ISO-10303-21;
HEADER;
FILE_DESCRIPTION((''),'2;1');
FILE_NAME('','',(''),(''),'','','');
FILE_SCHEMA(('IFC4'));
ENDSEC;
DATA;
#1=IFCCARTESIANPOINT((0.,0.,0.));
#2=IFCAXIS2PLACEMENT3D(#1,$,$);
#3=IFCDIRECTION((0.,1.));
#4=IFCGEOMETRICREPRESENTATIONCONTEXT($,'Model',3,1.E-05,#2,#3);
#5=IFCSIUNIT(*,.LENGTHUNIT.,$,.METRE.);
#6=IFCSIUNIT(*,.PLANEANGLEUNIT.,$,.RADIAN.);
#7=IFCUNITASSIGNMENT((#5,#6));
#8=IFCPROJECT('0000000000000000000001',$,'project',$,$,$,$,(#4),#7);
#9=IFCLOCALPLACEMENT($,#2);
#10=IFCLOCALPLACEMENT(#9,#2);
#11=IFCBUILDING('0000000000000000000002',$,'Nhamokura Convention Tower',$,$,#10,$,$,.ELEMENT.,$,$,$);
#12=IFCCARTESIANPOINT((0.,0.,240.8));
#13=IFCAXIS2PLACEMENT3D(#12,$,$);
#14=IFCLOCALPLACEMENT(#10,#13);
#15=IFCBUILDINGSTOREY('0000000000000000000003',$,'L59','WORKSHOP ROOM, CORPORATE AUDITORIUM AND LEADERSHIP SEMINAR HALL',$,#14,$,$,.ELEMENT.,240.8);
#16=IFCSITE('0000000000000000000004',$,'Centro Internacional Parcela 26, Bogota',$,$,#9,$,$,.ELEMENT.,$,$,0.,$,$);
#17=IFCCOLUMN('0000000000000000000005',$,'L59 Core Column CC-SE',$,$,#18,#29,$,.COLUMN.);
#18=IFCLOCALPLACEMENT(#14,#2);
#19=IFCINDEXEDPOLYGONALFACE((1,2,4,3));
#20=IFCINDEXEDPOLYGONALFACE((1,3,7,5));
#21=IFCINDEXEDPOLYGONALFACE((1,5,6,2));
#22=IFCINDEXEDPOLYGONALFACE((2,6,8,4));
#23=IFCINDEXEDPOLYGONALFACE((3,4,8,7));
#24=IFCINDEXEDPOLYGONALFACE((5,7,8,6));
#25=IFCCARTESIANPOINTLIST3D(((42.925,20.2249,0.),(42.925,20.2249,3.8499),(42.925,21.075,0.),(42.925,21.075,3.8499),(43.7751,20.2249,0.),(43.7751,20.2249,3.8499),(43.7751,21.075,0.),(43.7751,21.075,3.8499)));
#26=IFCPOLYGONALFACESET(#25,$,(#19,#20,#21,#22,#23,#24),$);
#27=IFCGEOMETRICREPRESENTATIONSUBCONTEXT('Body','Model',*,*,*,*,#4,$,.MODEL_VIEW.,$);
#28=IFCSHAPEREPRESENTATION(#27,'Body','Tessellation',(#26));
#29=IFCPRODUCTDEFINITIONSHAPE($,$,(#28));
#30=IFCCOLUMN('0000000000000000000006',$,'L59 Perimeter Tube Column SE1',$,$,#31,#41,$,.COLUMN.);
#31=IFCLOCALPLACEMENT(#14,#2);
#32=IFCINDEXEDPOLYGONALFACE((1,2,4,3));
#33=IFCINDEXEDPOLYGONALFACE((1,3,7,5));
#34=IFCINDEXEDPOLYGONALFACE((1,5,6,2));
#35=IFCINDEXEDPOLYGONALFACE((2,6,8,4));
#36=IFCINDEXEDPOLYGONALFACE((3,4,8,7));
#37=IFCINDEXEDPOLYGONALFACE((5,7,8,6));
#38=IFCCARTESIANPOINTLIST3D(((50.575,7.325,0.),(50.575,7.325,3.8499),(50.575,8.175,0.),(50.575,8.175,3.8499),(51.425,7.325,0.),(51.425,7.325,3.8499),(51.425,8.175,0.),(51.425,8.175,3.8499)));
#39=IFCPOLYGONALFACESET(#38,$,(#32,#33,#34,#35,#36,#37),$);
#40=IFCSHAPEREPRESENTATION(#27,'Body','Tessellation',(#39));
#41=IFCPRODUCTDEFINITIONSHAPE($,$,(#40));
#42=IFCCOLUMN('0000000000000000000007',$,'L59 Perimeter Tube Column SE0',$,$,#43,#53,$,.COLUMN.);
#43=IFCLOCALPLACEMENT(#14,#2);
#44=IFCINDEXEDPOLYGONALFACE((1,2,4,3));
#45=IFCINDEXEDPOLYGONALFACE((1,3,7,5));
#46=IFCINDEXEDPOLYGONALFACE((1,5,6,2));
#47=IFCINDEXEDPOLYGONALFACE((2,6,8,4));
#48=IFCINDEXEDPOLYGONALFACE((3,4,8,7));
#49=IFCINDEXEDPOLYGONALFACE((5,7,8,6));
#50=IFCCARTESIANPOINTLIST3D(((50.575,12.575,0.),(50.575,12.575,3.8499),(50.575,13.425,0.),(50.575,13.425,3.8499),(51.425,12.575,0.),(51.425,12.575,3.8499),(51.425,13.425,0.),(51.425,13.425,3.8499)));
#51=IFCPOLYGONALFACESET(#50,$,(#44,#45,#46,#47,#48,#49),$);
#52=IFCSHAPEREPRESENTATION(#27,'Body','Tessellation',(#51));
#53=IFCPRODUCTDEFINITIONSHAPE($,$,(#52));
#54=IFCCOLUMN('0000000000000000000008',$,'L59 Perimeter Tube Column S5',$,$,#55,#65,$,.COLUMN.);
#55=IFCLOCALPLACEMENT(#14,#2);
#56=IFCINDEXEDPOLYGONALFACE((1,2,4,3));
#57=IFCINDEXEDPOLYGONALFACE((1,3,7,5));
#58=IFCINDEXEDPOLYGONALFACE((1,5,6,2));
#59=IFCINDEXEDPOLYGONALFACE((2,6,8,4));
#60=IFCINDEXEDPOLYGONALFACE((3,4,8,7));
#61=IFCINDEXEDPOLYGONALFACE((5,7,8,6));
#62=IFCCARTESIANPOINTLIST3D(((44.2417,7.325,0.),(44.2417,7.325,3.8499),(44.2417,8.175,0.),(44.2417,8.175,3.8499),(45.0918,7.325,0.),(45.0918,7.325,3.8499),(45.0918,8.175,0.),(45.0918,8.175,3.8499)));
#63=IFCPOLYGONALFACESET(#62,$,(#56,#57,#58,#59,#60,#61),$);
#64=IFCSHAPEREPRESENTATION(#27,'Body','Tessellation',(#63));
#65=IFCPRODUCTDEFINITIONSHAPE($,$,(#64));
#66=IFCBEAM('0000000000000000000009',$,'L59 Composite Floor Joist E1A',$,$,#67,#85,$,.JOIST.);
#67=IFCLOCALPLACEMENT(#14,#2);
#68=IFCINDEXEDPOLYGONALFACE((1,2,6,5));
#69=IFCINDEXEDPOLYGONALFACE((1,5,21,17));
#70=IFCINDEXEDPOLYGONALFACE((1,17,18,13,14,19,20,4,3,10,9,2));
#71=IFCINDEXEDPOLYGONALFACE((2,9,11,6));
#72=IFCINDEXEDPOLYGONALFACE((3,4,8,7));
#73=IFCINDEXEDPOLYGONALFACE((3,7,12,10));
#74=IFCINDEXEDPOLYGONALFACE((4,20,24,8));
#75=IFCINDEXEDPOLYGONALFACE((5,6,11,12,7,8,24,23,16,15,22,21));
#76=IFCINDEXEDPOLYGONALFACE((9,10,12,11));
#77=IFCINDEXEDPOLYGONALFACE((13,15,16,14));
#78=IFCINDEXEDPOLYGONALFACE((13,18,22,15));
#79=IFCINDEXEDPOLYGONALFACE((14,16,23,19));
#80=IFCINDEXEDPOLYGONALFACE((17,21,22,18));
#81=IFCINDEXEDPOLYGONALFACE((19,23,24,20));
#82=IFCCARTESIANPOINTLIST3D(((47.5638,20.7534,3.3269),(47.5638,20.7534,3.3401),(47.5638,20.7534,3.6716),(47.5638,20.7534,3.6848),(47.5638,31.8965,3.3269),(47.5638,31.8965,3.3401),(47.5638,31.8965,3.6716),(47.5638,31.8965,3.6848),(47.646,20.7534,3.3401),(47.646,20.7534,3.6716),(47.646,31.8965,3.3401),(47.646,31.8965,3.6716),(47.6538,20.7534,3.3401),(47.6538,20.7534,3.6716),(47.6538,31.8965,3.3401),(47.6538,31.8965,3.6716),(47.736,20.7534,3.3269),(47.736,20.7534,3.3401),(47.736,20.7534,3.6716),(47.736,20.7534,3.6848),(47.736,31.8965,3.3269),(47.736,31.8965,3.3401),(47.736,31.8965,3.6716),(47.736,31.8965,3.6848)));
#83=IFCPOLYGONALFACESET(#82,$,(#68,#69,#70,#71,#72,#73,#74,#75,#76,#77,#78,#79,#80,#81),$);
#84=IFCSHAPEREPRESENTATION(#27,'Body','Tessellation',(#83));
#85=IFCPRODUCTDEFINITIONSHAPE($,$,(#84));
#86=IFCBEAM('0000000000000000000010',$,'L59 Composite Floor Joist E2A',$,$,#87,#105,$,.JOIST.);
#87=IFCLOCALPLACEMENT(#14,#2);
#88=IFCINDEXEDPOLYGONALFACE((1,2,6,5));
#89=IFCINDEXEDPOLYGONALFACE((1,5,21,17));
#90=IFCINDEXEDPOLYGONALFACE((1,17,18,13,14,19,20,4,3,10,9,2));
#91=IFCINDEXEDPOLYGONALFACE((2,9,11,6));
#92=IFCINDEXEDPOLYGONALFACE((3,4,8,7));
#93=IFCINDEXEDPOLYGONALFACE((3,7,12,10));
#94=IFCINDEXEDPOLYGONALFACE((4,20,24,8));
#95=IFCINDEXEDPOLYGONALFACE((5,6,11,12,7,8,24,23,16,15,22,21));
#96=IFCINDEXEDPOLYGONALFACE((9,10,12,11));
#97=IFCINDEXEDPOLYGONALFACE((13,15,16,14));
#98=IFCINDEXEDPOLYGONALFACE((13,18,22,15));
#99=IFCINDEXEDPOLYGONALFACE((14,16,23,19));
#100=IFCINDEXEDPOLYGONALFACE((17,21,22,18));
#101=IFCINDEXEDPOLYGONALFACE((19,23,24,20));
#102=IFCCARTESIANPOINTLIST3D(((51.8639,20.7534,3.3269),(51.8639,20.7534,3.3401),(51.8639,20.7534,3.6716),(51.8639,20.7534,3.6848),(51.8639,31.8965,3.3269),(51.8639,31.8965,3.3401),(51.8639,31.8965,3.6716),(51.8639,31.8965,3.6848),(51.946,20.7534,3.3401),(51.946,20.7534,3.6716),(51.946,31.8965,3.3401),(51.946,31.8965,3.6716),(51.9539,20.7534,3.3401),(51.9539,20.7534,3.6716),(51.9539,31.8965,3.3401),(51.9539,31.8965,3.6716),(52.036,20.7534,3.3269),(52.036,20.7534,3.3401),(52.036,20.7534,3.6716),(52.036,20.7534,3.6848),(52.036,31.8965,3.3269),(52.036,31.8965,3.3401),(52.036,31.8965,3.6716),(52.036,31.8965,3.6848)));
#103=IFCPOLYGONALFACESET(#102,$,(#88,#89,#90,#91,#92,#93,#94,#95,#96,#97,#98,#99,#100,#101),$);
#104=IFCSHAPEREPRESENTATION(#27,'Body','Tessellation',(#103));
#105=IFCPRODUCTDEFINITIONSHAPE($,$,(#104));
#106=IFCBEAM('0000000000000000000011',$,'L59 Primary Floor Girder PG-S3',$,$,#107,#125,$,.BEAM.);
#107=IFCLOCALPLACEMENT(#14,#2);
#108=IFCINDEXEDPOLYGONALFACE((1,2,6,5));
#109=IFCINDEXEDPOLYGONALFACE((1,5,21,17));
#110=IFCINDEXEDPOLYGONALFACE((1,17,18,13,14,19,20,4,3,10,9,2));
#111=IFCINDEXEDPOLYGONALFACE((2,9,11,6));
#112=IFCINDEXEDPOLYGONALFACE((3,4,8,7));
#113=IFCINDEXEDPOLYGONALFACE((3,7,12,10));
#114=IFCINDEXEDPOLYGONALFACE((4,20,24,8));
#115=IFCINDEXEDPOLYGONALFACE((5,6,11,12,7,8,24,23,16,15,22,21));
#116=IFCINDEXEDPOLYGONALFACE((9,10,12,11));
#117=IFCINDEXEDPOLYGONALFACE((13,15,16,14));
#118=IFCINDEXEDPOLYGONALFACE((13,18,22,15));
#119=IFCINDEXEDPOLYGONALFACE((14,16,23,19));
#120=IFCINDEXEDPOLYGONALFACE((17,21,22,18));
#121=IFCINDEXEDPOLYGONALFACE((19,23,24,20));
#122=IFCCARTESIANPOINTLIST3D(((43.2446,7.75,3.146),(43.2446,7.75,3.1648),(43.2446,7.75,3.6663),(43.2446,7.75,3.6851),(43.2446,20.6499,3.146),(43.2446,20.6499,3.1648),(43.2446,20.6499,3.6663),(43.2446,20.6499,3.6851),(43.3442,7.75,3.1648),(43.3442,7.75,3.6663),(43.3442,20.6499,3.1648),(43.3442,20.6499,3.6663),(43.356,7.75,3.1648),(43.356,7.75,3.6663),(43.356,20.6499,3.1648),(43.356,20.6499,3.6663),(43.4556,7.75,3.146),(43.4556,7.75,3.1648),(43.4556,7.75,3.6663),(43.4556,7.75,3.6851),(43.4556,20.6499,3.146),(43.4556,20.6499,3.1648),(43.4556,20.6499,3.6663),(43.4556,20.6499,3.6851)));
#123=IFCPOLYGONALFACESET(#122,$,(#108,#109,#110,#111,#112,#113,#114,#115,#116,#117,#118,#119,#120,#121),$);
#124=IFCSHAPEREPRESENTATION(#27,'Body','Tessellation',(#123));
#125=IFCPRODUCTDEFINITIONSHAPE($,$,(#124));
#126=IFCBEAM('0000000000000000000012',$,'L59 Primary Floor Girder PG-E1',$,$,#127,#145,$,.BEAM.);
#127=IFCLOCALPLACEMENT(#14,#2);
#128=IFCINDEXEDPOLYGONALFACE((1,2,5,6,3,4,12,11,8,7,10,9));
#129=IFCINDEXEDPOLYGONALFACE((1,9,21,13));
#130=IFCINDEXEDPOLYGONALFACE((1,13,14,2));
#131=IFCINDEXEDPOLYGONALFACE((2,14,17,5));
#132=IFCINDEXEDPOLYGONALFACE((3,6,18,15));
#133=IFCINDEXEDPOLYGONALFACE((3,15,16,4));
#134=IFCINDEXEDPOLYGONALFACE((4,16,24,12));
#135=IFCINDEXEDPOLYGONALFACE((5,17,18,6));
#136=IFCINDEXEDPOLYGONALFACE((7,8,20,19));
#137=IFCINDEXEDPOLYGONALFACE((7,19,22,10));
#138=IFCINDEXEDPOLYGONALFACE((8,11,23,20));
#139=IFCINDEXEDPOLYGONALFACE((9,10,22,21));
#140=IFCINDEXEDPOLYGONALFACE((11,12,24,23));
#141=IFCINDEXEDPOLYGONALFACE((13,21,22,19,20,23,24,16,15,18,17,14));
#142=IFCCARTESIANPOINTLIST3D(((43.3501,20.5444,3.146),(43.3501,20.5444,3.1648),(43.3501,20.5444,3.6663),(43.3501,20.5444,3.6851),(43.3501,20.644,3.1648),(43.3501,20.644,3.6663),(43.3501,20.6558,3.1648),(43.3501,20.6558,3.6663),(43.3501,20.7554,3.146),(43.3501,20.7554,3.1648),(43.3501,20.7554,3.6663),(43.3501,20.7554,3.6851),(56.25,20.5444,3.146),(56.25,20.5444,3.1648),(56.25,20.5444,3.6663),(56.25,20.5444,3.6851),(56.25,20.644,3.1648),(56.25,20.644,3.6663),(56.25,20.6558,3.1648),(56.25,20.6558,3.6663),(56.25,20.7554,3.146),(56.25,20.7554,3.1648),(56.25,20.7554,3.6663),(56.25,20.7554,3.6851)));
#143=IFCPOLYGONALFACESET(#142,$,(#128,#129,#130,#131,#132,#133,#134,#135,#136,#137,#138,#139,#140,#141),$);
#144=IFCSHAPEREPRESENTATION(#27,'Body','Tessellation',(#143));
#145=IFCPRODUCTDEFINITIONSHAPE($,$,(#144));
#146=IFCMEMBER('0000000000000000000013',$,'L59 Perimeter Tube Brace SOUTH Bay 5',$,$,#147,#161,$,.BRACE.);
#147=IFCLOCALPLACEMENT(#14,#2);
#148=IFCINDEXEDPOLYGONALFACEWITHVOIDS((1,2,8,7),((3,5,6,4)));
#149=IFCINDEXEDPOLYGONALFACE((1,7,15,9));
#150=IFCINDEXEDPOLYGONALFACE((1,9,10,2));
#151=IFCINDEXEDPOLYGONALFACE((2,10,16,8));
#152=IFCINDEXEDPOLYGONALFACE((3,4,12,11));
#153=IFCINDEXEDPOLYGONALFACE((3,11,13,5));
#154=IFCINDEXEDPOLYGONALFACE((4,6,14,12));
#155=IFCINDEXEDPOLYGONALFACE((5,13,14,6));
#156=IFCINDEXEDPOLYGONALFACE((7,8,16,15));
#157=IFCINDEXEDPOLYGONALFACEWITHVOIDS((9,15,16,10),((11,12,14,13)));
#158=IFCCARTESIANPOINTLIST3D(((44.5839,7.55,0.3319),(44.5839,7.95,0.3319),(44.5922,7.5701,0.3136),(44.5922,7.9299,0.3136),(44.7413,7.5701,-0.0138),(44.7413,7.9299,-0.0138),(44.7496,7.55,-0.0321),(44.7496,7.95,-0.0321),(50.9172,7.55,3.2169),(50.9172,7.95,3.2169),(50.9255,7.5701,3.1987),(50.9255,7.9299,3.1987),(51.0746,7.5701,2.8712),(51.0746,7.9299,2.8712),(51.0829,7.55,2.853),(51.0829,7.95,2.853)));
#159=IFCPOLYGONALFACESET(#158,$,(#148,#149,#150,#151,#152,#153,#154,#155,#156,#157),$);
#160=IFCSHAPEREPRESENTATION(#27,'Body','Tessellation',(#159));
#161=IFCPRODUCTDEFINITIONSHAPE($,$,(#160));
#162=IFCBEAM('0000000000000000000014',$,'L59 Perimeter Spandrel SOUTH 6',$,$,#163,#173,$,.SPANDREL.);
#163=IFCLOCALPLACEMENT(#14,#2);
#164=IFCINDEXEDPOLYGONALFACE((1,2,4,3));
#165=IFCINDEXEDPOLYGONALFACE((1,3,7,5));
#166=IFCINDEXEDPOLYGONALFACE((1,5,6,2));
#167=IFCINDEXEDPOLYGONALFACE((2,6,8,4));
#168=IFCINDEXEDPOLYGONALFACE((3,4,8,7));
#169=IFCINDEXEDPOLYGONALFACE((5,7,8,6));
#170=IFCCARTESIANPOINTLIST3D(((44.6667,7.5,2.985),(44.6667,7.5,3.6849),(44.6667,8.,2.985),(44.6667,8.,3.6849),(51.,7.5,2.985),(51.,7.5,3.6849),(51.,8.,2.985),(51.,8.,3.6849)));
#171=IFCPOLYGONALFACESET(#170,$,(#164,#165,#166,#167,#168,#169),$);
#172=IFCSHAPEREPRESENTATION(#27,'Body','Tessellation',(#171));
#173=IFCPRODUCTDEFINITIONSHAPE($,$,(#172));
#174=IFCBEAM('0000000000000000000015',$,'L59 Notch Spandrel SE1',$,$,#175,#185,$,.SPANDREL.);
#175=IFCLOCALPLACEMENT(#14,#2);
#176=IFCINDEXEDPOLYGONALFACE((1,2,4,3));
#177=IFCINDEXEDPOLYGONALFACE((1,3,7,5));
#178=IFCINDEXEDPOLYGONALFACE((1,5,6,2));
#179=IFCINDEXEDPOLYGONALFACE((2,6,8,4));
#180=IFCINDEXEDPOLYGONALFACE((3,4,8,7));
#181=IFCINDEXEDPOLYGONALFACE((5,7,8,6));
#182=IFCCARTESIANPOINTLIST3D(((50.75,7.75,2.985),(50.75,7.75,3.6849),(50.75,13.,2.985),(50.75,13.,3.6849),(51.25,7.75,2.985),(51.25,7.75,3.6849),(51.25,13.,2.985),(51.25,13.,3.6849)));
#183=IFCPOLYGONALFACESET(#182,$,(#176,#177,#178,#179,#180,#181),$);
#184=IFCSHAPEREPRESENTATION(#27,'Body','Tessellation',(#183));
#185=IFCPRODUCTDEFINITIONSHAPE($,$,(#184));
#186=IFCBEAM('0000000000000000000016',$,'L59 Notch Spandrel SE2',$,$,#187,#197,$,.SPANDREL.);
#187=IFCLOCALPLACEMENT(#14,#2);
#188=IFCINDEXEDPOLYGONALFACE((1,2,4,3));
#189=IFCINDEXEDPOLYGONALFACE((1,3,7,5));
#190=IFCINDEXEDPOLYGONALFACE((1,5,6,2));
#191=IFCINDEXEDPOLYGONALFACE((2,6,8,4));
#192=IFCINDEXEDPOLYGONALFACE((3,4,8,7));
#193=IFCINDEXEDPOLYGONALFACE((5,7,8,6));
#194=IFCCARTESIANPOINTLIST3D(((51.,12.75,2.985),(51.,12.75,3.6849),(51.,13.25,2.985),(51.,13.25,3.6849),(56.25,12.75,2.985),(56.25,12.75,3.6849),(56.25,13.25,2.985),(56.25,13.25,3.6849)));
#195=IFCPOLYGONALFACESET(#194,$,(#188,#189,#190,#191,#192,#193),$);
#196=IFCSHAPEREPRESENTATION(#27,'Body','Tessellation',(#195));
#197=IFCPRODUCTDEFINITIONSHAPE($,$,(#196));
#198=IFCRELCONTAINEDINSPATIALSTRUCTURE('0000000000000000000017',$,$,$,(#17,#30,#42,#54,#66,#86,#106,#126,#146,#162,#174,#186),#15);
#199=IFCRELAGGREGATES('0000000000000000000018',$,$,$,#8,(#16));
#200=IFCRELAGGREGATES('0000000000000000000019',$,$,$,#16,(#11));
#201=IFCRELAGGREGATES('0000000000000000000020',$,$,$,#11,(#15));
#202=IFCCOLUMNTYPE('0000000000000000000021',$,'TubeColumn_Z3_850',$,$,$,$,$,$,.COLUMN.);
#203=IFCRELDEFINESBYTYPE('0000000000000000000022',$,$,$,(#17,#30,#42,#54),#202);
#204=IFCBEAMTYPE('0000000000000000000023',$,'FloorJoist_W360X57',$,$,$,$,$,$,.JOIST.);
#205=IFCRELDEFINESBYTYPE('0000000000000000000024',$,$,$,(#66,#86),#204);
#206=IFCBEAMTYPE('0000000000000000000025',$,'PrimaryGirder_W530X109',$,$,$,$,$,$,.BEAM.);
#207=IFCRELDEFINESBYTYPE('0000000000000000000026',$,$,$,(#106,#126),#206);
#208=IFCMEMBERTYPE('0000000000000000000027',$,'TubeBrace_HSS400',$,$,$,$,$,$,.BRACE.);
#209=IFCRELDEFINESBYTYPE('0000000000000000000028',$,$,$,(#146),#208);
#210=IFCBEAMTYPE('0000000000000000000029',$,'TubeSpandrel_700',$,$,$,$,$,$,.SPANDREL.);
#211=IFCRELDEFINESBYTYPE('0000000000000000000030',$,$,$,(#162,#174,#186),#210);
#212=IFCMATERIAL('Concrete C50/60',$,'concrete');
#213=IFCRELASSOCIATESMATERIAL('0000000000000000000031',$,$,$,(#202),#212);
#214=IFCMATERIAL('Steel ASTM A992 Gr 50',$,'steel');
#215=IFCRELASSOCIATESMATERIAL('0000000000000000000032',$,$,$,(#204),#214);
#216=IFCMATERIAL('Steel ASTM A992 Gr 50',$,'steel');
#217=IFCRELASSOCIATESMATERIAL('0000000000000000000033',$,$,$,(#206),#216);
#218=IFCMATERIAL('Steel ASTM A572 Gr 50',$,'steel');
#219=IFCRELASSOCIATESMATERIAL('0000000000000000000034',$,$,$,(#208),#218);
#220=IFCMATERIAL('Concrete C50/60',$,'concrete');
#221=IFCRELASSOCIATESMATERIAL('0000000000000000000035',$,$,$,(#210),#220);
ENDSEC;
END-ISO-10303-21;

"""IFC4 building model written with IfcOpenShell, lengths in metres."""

from ifc_helpers import new_model, si_unit, direction, frame, origin, origin_2d, place, context, subcontext, project, spatial, rectangle, hollow_rectangle, i_section, extrude, material, material_profile, profile_set, type_object, element, save


model = new_model("IFC4")

# Units and contexts
model_context = context("Model", 3, precision=1e-05, world=origin(), true_north=direction((0.0, 1.0)))
body_context = subcontext(model_context, "Body", "Model", "MODEL_VIEW")
ifc_project = project(units=[si_unit("LENGTHUNIT", "METRE"), si_unit("PLANEANGLEUNIT", "RADIAN")], contexts=[model_context])

# Site, building, storey
site_placement = place(None, origin())
site = spatial("IfcSite", under=ifc_project, at=site_placement, Name="Centro Internacional Parcela 26, Bogota", CompositionType="ELEMENT", RefElevation=0.0)
building_placement = place(site_placement, origin())
building = spatial("IfcBuilding", under=site, at=building_placement, Name="Nhamokura Convention Tower", CompositionType="ELEMENT")
storey_placement = place(building_placement, frame((0.0, 0.0, 240.8)))
storey = spatial("IfcBuildingStorey", under=building, at=storey_placement, Name="L59", Description="WORKSHOP ROOM, CORPORATE AUDITORIUM AND LEADERSHIP SEMINAR HALL", CompositionType="ELEMENT", Elevation=240.8)

# Columns
ifc_material_1 = material(Name="Concrete C50/60", Category="concrete")
ifc_material_profile_1 = material_profile(ifc_material_1, rectangle(XDim=0.8501, YDim=0.8501, at=origin_2d()))
ifc_profile_set_1 = profile_set([ifc_material_profile_1], Name="Concrete C50/60")
column_type = type_object("IfcColumnType", Name="TubeColumn_Z3_850", PredefinedType="COLUMN", material=ifc_profile_set_1)
for number, where, z_axis, x_axis, name in (
    (1, (43.3501, 20.6499, 0.0), (0.0, 0.0, 1.0), (1.0, 0.0, 0.0), "L59 Core Column CC-SE"),
    (2, (51.0, 7.75, 0.0), (0.0, 0.0, 1.0), (1.0, 0.0, 0.0), "L59 Perimeter Tube Column SE1"),
    (3, (51.0, 13.0, 0.0), (0.0, 0.0, 1.0), (1.0, 0.0, 0.0), "L59 Perimeter Tube Column SE0"),
    (4, (44.6667, 7.75, 0.0), (0.0, 0.0, 1.0), (1.0, 0.0, 0.0), "L59 Perimeter Tube Column S5"),
):
    element("IfcColumn", number, at=place(storey_placement, frame(where, z_axis=z_axis, x_axis=x_axis)), inside=storey, type_object=column_type, Name=name, PredefinedType="COLUMN", context=body_context, shape_type="SweptSolid", body=[
        extrude(rectangle(XDim=0.8501, YDim=0.8501, at=origin_2d()), origin(), (0.0, 0.0, 1.0), 3.8499),
    ])

# Beams
ifc_material_2 = material(Name="Steel ASTM A992 Gr 50", Category="steel")
ifc_material_profile_2 = material_profile(ifc_material_2, i_section(OverallWidth=0.1721, OverallDepth=0.3579, WebThickness=0.0078, FlangeThickness=0.0132, at=origin_2d()))
ifc_profile_set_2 = profile_set([ifc_material_profile_2], Name="Steel ASTM A992 Gr 50")
beam_type_1 = type_object("IfcBeamType", Name="FloorJoist_W360X57", PredefinedType="JOIST", material=ifc_profile_set_2)
for number, where, z_axis, x_axis, name in (
    (5, (47.6499, 20.7534, 3.5059), (0.0, 1.0, 0.0), (-1.0, 0.0, 0.0), "L59 Composite Floor Joist E1A"),
    (6, (51.95, 20.7534, 3.5059), (0.0, 1.0, 0.0), (-1.0, 0.0, 0.0), "L59 Composite Floor Joist E2A"),
):
    element("IfcBeam", number, at=place(storey_placement, frame(where, z_axis=z_axis, x_axis=x_axis)), inside=storey, type_object=beam_type_1, Name=name, PredefinedType="JOIST", context=body_context, shape_type="SweptSolid", body=[
        extrude(i_section(OverallWidth=0.1721, OverallDepth=0.3579, WebThickness=0.0078, FlangeThickness=0.0132, at=origin_2d()), origin(), (0.0, 0.0, 1.0), 11.1431),
    ])
ifc_material_3 = material(Name="Steel ASTM A992 Gr 50", Category="steel")
ifc_material_profile_3 = material_profile(ifc_material_3, i_section(OverallWidth=0.2109, OverallDepth=0.5391, WebThickness=0.0117, FlangeThickness=0.0188, at=origin_2d()))
ifc_profile_set_3 = profile_set([ifc_material_profile_3], Name="Steel ASTM A992 Gr 50")
beam_type_2 = type_object("IfcBeamType", Name="PrimaryGirder_W530X109", PredefinedType="BEAM", material=ifc_profile_set_3)
for number, where, z_axis, x_axis, name in (
    (7, (43.3501, 7.75, 3.4155), (0.0, 1.0, 0.0), (-1.0, 0.0, 0.0), "L59 Primary Floor Girder PG-S3"),
    (8, (43.3501, 20.6499, 3.4155), (1.0, 0.0, 0.0), (0.0, 1.0, 0.0), "L59 Primary Floor Girder PG-E1"),
):
    element("IfcBeam", number, at=place(storey_placement, frame(where, z_axis=z_axis, x_axis=x_axis)), inside=storey, type_object=beam_type_2, Name=name, PredefinedType="BEAM", context=body_context, shape_type="SweptSolid", body=[
        extrude(i_section(OverallWidth=0.2109, OverallDepth=0.5391, WebThickness=0.0117, FlangeThickness=0.0188, at=origin_2d()), origin(), (0.0, 0.0, 1.0), 12.8999),
    ])

# Member
ifc_material_4 = material(Name="Steel ASTM A572 Gr 50", Category="steel")
ifc_material_profile_4 = material_profile(ifc_material_4, hollow_rectangle(XDim=0.3999, YDim=0.3999, WallThickness=0.02, at=origin_2d()))
ifc_profile_set_4 = profile_set([ifc_material_profile_4], Name="Steel ASTM A572 Gr 50")
member_type = type_object("IfcMemberType", Name="TubeBrace_HSS400", PredefinedType="BRACE", material=ifc_profile_set_4)
member_placement = place(storey_placement, frame((44.6667, 7.75, 0.1499), z_axis=(0.910027, 0.0, 0.414548), x_axis=(0.0, 1.0, 0.0)))
element("IfcMember", 9, at=member_placement, inside=storey, type_object=member_type, Name="L59 Perimeter Tube Brace SOUTH Bay 5", PredefinedType="BRACE", context=body_context, shape_type="SweptSolid", body=[
    extrude(hollow_rectangle(XDim=0.3999, YDim=0.3999, WallThickness=0.02, at=origin_2d()), origin(), (0.0, 0.0, 1.0), 6.9595),
])

# Beams
ifc_material_5 = material(Name="Concrete C50/60", Category="concrete")
ifc_material_profile_5 = material_profile(ifc_material_5, rectangle(XDim=0.5, YDim=0.7, at=origin_2d()))
ifc_profile_set_5 = profile_set([ifc_material_profile_5], Name="Concrete C50/60")
beam_type_3 = type_object("IfcBeamType", Name="TubeSpandrel_700", PredefinedType="SPANDREL", material=ifc_profile_set_5)
beam_placement = place(storey_placement, frame((44.6667, 7.75, 3.335), z_axis=(1.0, 0.0, 0.0), x_axis=(0.0, 1.0, 0.0)))
element("IfcBeam", 10, at=beam_placement, inside=storey, type_object=beam_type_3, Name="L59 Perimeter Spandrel SOUTH 6", PredefinedType="SPANDREL", context=body_context, shape_type="SweptSolid", body=[
    extrude(rectangle(XDim=0.5, YDim=0.7, at=origin_2d()), origin(), (0.0, 0.0, 1.0), 6.3333),
])
for number, where, z_axis, x_axis, name in (
    (11, (51.0, 7.75, 3.335), (0.0, 1.0, 0.0), (-1.0, 0.0, 0.0), "L59 Notch Spandrel SE1"),
    (12, (51.0, 13.0, 3.335), (1.0, 0.0, 0.0), (0.0, 1.0, 0.0), "L59 Notch Spandrel SE2"),
):
    element("IfcBeam", number, at=place(storey_placement, frame(where, z_axis=z_axis, x_axis=x_axis)), inside=storey, type_object=beam_type_3, Name=name, PredefinedType="SPANDREL", context=body_context, shape_type="SweptSolid", body=[
        extrude(rectangle(XDim=0.5, YDim=0.7, at=origin_2d()), origin(), (0.0, 0.0, 1.0), 5.25),
    ])

save(model, "model.ifc")
